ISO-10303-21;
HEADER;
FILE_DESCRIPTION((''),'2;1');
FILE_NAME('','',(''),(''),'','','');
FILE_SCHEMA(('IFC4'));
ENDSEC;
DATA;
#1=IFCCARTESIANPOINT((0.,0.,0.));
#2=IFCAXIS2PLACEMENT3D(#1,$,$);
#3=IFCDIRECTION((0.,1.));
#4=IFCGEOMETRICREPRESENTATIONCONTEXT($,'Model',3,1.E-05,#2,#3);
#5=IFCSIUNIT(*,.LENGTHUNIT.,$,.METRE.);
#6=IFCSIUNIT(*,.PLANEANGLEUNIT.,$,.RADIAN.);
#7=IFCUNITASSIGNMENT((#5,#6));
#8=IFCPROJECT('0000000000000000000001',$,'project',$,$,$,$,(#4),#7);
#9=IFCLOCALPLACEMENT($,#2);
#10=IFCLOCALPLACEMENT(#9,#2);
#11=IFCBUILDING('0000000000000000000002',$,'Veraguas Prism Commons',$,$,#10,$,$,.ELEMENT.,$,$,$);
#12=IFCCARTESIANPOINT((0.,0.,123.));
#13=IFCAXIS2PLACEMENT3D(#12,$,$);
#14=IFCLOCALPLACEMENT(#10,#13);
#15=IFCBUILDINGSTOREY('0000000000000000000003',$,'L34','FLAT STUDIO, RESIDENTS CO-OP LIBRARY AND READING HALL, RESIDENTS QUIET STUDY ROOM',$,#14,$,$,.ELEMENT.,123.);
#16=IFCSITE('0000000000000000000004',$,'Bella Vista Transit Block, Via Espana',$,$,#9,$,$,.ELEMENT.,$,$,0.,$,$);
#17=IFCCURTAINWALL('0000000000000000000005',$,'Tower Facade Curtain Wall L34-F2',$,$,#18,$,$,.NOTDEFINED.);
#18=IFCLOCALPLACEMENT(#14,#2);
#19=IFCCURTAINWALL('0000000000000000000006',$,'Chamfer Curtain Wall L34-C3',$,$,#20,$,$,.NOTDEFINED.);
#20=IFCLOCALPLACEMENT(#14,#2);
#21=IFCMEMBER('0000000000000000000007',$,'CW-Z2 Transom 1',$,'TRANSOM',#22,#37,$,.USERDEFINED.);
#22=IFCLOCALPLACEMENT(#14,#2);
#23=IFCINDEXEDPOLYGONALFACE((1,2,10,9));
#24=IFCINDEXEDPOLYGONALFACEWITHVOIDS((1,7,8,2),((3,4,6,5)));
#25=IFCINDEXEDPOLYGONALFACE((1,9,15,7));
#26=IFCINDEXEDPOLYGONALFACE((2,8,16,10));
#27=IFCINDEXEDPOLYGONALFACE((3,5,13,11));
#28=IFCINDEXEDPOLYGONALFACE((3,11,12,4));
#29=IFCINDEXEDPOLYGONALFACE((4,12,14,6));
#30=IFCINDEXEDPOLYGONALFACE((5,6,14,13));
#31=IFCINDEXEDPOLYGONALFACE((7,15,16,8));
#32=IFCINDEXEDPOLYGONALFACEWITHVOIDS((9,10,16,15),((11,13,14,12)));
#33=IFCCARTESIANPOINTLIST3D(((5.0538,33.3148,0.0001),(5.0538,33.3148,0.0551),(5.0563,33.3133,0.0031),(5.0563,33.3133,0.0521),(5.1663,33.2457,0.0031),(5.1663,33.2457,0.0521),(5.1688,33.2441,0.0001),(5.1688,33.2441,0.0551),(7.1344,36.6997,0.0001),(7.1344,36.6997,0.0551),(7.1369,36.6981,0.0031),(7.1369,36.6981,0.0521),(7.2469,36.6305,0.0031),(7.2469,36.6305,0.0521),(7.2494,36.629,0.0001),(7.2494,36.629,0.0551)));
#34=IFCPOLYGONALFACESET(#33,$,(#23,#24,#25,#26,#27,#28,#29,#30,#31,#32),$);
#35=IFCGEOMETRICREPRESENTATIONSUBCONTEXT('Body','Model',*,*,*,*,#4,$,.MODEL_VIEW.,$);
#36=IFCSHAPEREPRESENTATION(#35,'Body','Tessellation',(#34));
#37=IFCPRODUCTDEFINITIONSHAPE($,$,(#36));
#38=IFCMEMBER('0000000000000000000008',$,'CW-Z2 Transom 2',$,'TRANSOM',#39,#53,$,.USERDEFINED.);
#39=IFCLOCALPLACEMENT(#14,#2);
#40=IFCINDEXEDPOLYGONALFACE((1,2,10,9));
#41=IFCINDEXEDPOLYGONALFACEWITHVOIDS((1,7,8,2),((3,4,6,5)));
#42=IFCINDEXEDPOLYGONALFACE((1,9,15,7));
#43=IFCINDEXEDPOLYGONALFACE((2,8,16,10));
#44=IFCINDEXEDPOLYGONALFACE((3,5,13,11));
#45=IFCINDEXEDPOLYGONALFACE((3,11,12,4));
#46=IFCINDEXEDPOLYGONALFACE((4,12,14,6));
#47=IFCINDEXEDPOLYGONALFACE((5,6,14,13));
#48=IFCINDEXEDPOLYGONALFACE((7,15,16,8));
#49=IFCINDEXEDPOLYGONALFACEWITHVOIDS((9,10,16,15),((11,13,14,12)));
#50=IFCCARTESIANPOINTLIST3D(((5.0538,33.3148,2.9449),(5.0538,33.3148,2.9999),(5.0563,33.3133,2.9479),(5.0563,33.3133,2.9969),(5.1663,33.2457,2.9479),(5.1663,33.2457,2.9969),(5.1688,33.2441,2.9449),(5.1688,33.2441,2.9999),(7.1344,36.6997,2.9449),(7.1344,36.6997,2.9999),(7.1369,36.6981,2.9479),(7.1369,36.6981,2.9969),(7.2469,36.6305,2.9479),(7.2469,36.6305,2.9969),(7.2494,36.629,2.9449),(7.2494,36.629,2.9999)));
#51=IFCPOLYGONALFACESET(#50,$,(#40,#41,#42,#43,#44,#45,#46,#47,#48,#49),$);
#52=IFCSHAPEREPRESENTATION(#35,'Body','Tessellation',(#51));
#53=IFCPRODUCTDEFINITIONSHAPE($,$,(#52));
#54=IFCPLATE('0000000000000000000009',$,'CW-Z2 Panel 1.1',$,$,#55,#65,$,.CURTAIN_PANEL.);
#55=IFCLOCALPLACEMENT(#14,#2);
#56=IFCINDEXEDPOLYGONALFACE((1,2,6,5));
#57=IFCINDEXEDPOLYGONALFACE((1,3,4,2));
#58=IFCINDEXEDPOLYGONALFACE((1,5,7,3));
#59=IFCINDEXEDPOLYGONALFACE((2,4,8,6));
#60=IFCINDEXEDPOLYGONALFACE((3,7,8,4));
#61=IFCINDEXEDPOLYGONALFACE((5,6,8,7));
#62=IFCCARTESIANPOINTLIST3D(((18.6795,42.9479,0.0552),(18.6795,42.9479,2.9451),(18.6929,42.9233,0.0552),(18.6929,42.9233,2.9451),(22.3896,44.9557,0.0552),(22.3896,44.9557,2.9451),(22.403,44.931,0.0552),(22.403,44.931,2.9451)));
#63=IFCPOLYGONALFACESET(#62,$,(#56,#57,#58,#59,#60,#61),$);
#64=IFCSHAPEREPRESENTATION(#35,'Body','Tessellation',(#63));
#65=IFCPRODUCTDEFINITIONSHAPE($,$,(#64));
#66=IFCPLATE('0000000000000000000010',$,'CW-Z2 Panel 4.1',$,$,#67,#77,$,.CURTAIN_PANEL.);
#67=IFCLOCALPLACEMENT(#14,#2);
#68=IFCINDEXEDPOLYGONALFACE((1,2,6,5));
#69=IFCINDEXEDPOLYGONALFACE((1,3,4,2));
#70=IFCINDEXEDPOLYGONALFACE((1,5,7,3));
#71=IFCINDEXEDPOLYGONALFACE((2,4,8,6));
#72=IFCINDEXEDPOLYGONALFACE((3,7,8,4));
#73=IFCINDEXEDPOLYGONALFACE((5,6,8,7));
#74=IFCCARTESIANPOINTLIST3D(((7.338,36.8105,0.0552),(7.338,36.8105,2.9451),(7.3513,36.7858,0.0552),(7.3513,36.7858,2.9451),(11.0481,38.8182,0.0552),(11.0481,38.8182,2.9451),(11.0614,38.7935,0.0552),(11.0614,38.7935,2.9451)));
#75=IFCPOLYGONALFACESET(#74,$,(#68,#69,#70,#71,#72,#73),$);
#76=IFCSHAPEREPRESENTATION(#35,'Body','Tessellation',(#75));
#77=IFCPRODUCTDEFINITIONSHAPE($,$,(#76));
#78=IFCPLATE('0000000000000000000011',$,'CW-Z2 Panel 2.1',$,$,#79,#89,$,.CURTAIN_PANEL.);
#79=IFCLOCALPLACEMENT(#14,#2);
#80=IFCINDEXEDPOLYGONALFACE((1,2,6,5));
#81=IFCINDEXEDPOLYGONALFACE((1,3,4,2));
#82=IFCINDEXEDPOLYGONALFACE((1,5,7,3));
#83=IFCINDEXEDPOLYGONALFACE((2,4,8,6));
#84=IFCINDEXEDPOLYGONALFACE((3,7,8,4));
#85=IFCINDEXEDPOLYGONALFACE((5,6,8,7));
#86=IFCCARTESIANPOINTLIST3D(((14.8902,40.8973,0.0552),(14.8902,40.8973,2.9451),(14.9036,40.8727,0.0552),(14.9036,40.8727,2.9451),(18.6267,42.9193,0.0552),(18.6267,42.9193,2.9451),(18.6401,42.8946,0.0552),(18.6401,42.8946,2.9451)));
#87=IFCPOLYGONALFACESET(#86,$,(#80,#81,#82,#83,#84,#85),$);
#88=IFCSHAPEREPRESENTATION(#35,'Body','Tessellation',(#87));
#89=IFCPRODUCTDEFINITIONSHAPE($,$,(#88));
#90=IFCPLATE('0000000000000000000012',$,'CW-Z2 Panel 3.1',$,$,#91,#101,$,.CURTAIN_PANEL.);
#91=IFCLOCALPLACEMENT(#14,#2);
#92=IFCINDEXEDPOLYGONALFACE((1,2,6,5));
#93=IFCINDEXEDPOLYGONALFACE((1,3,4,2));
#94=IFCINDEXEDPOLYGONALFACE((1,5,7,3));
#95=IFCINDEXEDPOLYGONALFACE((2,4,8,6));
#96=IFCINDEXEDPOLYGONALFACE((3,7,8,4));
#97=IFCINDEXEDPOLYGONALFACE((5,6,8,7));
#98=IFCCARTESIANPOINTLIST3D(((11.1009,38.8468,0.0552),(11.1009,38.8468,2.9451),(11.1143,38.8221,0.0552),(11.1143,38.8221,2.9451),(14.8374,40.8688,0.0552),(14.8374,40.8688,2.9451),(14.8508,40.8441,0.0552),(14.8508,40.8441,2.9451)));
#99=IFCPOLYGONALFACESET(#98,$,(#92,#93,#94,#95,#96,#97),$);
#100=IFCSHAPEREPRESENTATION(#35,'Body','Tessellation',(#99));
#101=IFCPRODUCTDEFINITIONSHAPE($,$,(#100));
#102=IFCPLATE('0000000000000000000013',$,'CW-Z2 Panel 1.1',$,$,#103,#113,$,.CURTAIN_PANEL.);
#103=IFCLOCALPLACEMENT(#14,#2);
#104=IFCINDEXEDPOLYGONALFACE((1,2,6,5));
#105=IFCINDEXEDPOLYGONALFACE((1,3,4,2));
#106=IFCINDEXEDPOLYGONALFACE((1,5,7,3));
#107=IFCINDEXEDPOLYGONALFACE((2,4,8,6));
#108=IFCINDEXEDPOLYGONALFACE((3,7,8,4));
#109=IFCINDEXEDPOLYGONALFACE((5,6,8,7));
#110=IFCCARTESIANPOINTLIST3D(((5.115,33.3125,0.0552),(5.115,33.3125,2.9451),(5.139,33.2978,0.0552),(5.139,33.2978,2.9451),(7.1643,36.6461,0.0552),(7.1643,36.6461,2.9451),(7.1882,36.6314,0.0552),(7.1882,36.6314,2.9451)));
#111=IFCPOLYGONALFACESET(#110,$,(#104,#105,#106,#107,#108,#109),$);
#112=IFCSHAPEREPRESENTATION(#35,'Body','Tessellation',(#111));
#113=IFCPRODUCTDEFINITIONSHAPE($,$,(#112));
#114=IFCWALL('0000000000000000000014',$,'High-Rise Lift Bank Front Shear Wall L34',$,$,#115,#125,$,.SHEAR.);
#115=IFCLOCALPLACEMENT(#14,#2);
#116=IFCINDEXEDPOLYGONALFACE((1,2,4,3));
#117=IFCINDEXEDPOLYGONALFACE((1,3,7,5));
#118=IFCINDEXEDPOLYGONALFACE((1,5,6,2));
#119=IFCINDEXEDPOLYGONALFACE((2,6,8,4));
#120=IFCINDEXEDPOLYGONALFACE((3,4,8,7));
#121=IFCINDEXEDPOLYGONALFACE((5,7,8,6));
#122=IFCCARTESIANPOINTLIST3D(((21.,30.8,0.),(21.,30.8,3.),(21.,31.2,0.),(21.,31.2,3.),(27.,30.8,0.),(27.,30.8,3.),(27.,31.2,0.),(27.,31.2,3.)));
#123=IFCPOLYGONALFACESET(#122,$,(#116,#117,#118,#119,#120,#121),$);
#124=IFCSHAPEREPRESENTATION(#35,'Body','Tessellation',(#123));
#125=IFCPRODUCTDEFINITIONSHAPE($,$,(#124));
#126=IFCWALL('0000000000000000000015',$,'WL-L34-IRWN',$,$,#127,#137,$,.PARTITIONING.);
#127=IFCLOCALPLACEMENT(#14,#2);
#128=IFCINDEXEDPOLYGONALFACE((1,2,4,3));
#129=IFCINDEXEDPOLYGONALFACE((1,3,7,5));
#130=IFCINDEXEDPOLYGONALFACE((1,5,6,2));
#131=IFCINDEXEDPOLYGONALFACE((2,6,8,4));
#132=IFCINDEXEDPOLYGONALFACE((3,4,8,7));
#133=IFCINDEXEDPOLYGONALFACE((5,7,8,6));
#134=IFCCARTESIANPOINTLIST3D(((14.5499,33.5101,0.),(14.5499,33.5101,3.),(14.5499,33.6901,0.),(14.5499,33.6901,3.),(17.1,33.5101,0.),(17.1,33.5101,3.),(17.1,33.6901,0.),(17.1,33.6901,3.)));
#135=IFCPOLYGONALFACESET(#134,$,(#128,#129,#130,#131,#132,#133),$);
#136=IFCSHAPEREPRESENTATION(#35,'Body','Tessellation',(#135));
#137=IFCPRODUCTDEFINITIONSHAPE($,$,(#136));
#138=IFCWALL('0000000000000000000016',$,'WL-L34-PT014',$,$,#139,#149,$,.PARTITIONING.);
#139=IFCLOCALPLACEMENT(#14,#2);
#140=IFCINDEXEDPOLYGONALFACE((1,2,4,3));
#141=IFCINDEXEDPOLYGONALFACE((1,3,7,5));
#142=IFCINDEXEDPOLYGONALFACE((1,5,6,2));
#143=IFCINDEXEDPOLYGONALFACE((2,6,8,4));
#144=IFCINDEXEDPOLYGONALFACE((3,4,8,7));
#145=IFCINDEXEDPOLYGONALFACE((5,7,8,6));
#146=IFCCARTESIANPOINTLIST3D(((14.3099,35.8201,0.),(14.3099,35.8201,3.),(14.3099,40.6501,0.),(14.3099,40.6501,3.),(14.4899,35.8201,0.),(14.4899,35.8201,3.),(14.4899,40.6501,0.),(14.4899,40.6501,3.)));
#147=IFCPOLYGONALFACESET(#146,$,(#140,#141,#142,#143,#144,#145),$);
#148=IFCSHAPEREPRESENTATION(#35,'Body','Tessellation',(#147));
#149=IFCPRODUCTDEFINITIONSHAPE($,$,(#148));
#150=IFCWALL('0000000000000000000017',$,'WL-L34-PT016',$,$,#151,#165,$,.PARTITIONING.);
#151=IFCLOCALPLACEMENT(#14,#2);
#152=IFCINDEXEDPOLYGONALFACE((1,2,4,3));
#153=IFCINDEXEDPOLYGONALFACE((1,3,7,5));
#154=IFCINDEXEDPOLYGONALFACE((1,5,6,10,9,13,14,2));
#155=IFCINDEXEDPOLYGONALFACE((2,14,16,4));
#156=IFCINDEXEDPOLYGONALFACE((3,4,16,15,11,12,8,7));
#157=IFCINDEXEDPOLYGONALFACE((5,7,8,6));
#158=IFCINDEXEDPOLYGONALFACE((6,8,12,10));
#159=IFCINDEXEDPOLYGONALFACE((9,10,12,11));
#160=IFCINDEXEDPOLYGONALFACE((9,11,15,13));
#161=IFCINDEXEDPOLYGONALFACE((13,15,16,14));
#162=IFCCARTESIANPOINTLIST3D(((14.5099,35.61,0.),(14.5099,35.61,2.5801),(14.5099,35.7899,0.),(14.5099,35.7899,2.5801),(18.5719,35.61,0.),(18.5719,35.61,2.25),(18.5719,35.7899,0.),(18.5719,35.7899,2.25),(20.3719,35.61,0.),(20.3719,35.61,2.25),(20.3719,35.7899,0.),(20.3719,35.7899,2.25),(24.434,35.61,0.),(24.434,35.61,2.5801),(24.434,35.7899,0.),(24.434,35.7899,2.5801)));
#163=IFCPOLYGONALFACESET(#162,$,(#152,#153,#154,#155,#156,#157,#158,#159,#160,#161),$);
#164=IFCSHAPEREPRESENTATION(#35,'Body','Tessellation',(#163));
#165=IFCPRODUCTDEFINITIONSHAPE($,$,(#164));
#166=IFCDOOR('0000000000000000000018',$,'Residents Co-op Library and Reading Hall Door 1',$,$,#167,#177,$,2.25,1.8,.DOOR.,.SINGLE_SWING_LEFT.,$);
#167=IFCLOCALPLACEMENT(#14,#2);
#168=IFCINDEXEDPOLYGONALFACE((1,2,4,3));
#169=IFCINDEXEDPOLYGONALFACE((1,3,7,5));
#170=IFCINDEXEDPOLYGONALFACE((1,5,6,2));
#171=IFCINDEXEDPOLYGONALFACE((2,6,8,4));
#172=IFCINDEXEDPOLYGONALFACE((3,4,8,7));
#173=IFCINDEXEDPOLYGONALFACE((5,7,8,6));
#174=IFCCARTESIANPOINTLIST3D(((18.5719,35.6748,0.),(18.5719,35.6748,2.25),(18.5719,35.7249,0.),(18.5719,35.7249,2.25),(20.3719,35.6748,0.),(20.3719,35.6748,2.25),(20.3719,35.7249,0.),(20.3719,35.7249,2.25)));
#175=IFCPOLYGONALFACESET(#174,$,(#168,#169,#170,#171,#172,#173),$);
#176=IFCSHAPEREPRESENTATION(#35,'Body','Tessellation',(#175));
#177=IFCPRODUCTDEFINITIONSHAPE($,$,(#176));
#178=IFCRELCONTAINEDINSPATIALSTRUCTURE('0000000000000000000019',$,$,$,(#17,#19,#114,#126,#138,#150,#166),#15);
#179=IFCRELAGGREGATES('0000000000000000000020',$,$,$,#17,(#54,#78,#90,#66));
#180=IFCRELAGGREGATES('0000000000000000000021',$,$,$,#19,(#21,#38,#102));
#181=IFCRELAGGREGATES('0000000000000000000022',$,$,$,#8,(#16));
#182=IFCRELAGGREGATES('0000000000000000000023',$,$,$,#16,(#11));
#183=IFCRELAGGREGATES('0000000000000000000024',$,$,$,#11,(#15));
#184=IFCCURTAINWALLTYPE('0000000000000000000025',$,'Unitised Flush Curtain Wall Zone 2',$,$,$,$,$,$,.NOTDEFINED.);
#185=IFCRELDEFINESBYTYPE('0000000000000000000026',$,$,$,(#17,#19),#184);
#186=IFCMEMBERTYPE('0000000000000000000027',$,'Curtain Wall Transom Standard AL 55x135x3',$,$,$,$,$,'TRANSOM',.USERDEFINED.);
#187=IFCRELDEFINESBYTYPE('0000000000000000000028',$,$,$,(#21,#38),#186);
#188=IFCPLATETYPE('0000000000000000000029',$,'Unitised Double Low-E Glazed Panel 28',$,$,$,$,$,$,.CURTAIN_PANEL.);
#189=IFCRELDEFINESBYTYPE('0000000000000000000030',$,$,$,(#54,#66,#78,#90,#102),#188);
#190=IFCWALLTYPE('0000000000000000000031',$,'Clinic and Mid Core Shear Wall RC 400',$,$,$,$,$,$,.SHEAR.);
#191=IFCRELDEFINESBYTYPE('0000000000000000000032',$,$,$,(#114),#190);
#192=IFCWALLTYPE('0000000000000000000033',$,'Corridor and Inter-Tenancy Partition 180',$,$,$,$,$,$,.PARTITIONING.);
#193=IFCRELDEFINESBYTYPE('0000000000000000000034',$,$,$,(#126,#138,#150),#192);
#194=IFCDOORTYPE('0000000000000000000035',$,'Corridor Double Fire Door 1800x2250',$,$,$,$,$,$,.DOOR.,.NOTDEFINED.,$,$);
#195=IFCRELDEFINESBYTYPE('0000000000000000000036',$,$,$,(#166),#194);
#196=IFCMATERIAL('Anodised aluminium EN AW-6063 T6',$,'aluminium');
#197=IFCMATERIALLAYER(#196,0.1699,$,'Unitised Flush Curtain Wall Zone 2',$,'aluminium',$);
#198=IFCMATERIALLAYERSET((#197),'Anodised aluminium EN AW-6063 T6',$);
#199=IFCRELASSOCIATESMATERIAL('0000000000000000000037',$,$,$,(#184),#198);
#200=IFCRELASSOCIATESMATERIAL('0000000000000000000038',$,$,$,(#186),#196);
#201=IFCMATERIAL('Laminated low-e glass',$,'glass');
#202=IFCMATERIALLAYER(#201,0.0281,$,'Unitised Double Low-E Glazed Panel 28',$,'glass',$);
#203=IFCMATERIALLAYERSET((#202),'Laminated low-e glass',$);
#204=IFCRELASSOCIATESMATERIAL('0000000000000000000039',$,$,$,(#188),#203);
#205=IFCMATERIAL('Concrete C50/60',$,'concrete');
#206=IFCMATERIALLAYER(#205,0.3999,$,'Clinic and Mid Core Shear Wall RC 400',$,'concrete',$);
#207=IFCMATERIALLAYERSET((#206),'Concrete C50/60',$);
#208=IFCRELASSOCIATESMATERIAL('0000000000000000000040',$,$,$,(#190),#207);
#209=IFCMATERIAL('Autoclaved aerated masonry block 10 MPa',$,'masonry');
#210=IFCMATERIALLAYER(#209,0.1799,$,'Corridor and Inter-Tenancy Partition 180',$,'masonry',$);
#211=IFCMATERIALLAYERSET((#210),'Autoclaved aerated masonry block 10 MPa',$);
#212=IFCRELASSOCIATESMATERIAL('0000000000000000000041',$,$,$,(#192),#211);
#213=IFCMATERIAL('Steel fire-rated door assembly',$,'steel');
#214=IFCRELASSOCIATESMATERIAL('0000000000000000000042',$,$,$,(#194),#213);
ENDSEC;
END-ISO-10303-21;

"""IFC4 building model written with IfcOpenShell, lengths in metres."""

from ifc_helpers import new_model, si_unit, direction, frame, frame_2d, origin, origin_2d, place, context, subcontext, project, spatial, rectangle, hollow_rectangle, extrude, source, transform, mapped, material, layer, layer_set, material_profile, profile_set, type_object, element, fill, aggregate, save


model = new_model("IFC4")

# Units and contexts
model_context = context("Model", 3, precision=1e-05, world=origin(), true_north=direction((0.0, 1.0)))
body_context = subcontext(model_context, "Body", "Model", "MODEL_VIEW")
ifc_project = project(units=[si_unit("LENGTHUNIT", "METRE"), si_unit("PLANEANGLEUNIT", "RADIAN")], contexts=[model_context])

# Site, building, storey
site_placement = place(None, origin())
site = spatial("IfcSite", under=ifc_project, at=site_placement, Name="Bella Vista Transit Block, Via Espana", CompositionType="ELEMENT", RefElevation=0.0)
building_placement = place(site_placement, origin())
building = spatial("IfcBuilding", under=site, at=building_placement, Name="Veraguas Prism Commons", CompositionType="ELEMENT")
storey_placement = place(building_placement, frame((0.0, 0.0, 123.0)))
storey = spatial("IfcBuildingStorey", under=building, at=storey_placement, Name="L34", Description="FLAT STUDIO, RESIDENTS CO-OP LIBRARY AND READING HALL, RESIDENTS QUIET STUDY ROOM", CompositionType="ELEMENT", Elevation=123.0)

# Shared definitions
ifc_material_1 = material(Name="Concrete C50/60", Category="concrete")

# Curtain wall
ifc_material_2 = material(Name="Anodised aluminium EN AW-6063 T6", Category="aluminium")
ifc_layer_1 = layer(ifc_material_2, 0.1699, Name="Unitised Flush Curtain Wall Zone 2", Category="aluminium")
ifc_layer_set_1 = layer_set([ifc_layer_1], Name="Anodised aluminium EN AW-6063 T6")
curtain_wall_type = type_object("IfcCurtainWallType", Name="Unitised Flush Curtain Wall Zone 2", PredefinedType="NOTDEFINED", material=ifc_layer_set_1)
curtain_wall_1_placement = place(storey_placement, origin())
curtain_wall_1 = element("IfcCurtainWall", 1, at=curtain_wall_1_placement, inside=storey, type_object=curtain_wall_type, Name="Tower Facade Curtain Wall L34-F2", PredefinedType="NOTDEFINED")

# Curtain wall
curtain_wall_2_placement = place(storey_placement, origin())
curtain_wall_2 = element("IfcCurtainWall", 2, at=curtain_wall_2_placement, inside=storey, type_object=curtain_wall_type, Name="Chamfer Curtain Wall L34-C3", PredefinedType="NOTDEFINED")

# Members
ifc_material_profile_1 = material_profile(ifc_material_2, hollow_rectangle(XDim=0.0549, YDim=0.135, WallThickness=0.0029, at=origin_2d()), Name="AL55X135X3")
ifc_profile_set_1 = profile_set([ifc_material_profile_1], Name="Anodised aluminium EN AW-6063 T6")
member_type_1 = type_object("IfcMemberType", Name="Curtain Wall Transom Standard AL 55x135x3", ElementType="TRANSOM", PredefinedType="USERDEFINED", material=ifc_profile_set_1)
shared_shape_1 = source(origin(), body_context, "Body", "SweptSolid", [
    extrude(hollow_rectangle(XDim=0.0549, YDim=0.135, WallThickness=0.0029, at=origin_2d()), origin(), (0.0, 0.0, 1.0), 3.9731),
])
member_1_placement = place(storey_placement, frame((7.1919, 36.6643, 0.0276), z_axis=(-0.523665, -0.851924, 0.0), x_axis=(0.0, 0.0, 1.0)))
member_1 = element("IfcMember", 3, at=member_1_placement, type_object=member_type_1, Name="CW-Z2 Transom 1", ObjectType="TRANSOM", PredefinedType="USERDEFINED", context=body_context, shape_type="MappedRepresentation", body=[
    mapped(shared_shape_1, transform((0.0, 0.0, 0.0), scale=1.0)),
])
member_2_placement = place(storey_placement, frame((7.1919, 36.6643, 2.9724), z_axis=(-0.523665, -0.851924, 0.0), x_axis=(0.0, 0.0, 1.0)))
member_2 = element("IfcMember", 4, at=member_2_placement, type_object=member_type_1, Name="CW-Z2 Transom 2", ObjectType="TRANSOM", PredefinedType="USERDEFINED", context=body_context, shape_type="MappedRepresentation", body=[
    mapped(shared_shape_1, transform((0.0, 0.0, 0.0), scale=1.0)),
])

# Plates
ifc_material_3 = material(Name="Laminated low-e glass", Category="glass")
ifc_layer_2 = layer(ifc_material_3, 0.0281, Name="Unitised Double Low-E Glazed Panel 28", Category="glass")
ifc_layer_set_2 = layer_set([ifc_layer_2], Name="Laminated low-e glass")
plate_type = type_object("IfcPlateType", Name="Unitised Double Low-E Glazed Panel 28", PredefinedType="CURTAIN_PANEL", material=ifc_layer_set_2)
shared_shape_2 = source(origin(), body_context, "Body", "SweptSolid", [
    extrude(rectangle(XDim=4.2185, YDim=0.0281, at=origin_2d()), origin(), (0.0, 0.0, 1.0), 2.8899),
])
plate_1_placement = place(storey_placement, frame((20.5413, 43.9395, 0.0552), z_axis=(0.0, 0.0, 1.0), x_axis=(-0.879484, -0.475928, 0.0)))
plate_1 = element("IfcPlate", 5, at=plate_1_placement, type_object=plate_type, Name="CW-Z2 Panel 1.1", PredefinedType="CURTAIN_PANEL", context=body_context, shape_type="MappedRepresentation", body=[
    mapped(shared_shape_2, transform((0.0, 0.0, 0.0), scale=1.0)),
])
plate_2_placement = place(storey_placement, frame((9.1997, 37.802, 0.0552), z_axis=(0.0, 0.0, 1.0), x_axis=(-0.879484, -0.475928, 0.0)))
plate_2 = element("IfcPlate", 6, at=plate_2_placement, type_object=plate_type, Name="CW-Z2 Panel 4.1", PredefinedType="CURTAIN_PANEL", context=body_context, shape_type="MappedRepresentation", body=[
    mapped(shared_shape_2, transform((0.0, 0.0, 0.0), scale=1.0)),
])
shared_shape_3 = source(origin(), body_context, "Body", "SweptSolid", [
    extrude(rectangle(XDim=4.2485, YDim=0.0281, at=origin_2d()), origin(), (0.0, 0.0, 1.0), 2.8899),
])
plate_3_placement = place(storey_placement, frame((16.7651, 41.896, 0.0552), z_axis=(0.0, 0.0, 1.0), x_axis=(-0.879484, -0.475928, 0.0)))
plate_3 = element("IfcPlate", 7, at=plate_3_placement, type_object=plate_type, Name="CW-Z2 Panel 2.1", PredefinedType="CURTAIN_PANEL", context=body_context, shape_type="MappedRepresentation", body=[
    mapped(shared_shape_3, transform((0.0, 0.0, 0.0), scale=1.0)),
])
plate_4_placement = place(storey_placement, frame((12.9758, 39.8455, 0.0552), z_axis=(0.0, 0.0, 1.0), x_axis=(-0.879484, -0.475928, 0.0)))
plate_4 = element("IfcPlate", 8, at=plate_4_placement, type_object=plate_type, Name="CW-Z2 Panel 3.1", PredefinedType="CURTAIN_PANEL", context=body_context, shape_type="MappedRepresentation", body=[
    mapped(shared_shape_3, transform((0.0, 0.0, 0.0), scale=1.0)),
])
aggregate(curtain_wall_1, [plate_1, plate_3, plate_4, plate_2])
shared_shape_4 = source(origin(), body_context, "Body", "SweptSolid", [
    extrude(rectangle(XDim=3.9131, YDim=0.0281, at=origin_2d()), origin(), (0.0, 0.0, 1.0), 2.8899),
])
plate_5_placement = place(storey_placement, frame((6.1516, 34.9719, 0.0552), z_axis=(0.0, 0.0, 1.0), x_axis=(-0.523684, -0.851913, 0.0)))
plate_5 = element("IfcPlate", 9, at=plate_5_placement, type_object=plate_type, Name="CW-Z2 Panel 1.1", PredefinedType="CURTAIN_PANEL", context=body_context, shape_type="MappedRepresentation", body=[
    mapped(shared_shape_4, transform((0.0, 0.0, 0.0), scale=1.0)),
])
aggregate(curtain_wall_2, [member_1, member_2, plate_5])

# Walls
ifc_layer_3 = layer(ifc_material_1, 0.3999, Name="Clinic and Mid Core Shear Wall RC 400", Category="concrete")
ifc_layer_set_3 = layer_set([ifc_layer_3], Name="Concrete C50/60")
wall_type_1 = type_object("IfcWallType", Name="Clinic and Mid Core Shear Wall RC 400", PredefinedType="SHEAR", material=ifc_layer_set_3)
wall_1_placement = place(storey_placement, frame((21.0, 31.0, 0.0), z_axis=(0.0, 0.0, 1.0), x_axis=(1.0, 0.0, 0.0)))
element("IfcWall", 10, at=wall_1_placement, inside=storey, type_object=wall_type_1, Name="High-Rise Lift Bank Front Shear Wall L34", PredefinedType="SHEAR", context=body_context, shape_type="SweptSolid", body=[
    extrude(rectangle(XDim=6.0, YDim=0.3999, at=frame_2d((3.0, 0.0))), origin(), (0.0, 0.0, 1.0), 3.0),
])
ifc_material_4 = material(Name="Autoclaved aerated masonry block 10 MPa", Category="masonry")
ifc_layer_4 = layer(ifc_material_4, 0.1799, Name="Corridor and Inter-Tenancy Partition 180", Category="masonry")
ifc_layer_set_4 = layer_set([ifc_layer_4], Name="Autoclaved aerated masonry block 10 MPa")
wall_type_2 = type_object("IfcWallType", Name="Corridor and Inter-Tenancy Partition 180", PredefinedType="PARTITIONING", material=ifc_layer_set_4)
wall_2_placement = place(storey_placement, frame((14.55, 33.6001, 0.0), z_axis=(0.0, 0.0, 1.0), x_axis=(1.0, 0.0, 0.0)))
element("IfcWall", 11, at=wall_2_placement, inside=storey, type_object=wall_type_2, Name="WL-L34-IRWN", PredefinedType="PARTITIONING", context=body_context, shape_type="SweptSolid", body=[
    extrude(rectangle(XDim=2.55, YDim=0.1799, at=frame_2d((1.2749, 0.0))), origin(), (0.0, 0.0, 1.0), 3.0),
])
wall_3_placement = place(storey_placement, frame((14.3999, 35.8201, 0.0), z_axis=(0.0, 0.0, 1.0), x_axis=(0.0, 1.0, 0.0)))
element("IfcWall", 12, at=wall_3_placement, inside=storey, type_object=wall_type_2, Name="WL-L34-PT014", PredefinedType="PARTITIONING", context=body_context, shape_type="SweptSolid", body=[
    extrude(rectangle(XDim=4.8301, YDim=0.1799, at=frame_2d((2.415, 0.0))), origin(), (0.0, 0.0, 1.0), 3.0),
])

# Wall, opening, door
wall_4_placement = place(storey_placement, frame((14.51, 35.7, 0.0), z_axis=(0.0, 0.0, 1.0), x_axis=(1.0, 0.0, 0.0)))
wall_4 = element("IfcWall", 13, at=wall_4_placement, inside=storey, type_object=wall_type_2, Name="WL-L34-PT016", PredefinedType="PARTITIONING", context=body_context, shape_type="SweptSolid", body=[
    extrude(rectangle(XDim=9.9241, YDim=0.1799, at=frame_2d((4.9619, 0.0))), origin(), (0.0, 0.0, 1.0), 2.5801),
])
opening_1_placement = place(wall_4_placement, frame((4.062, 0.0, 0.0)))
opening_1 = element("IfcOpeningElement", 14, at=opening_1_placement, cuts=wall_4, PredefinedType="OPENING", context=body_context, shape_type="SweptSolid", body=[
    extrude(rectangle(XDim=1.8, YDim=2.25, at=frame_2d((0.8999, 1.125))), frame((0.0, 0.0999, 0.0), z_axis=(0.0, -1.0, 0.0), x_axis=(1.0, 0.0, 0.0)), (0.0, 0.0, 1.0), 0.2),
])
ifc_material_5 = material(Name="Steel fire-rated door assembly", Category="steel")
door_type_1 = type_object("IfcDoorType", Name="Corridor Double Fire Door 1800x2250", OperationType="NOTDEFINED", PredefinedType="DOOR", material=ifc_material_5)
shared_shape_5 = source(origin(), body_context, "Body", "SweptSolid", [
    extrude(rectangle(XDim=1.8, YDim=2.25, at=frame_2d((0.8999, 1.125))), frame((0.0, 0.0249, 0.0), z_axis=(0.0, -1.0, 0.0), x_axis=(1.0, 0.0, 0.0)), (0.0, 0.0, 1.0), 0.05),
])
door_1_placement = place(opening_1_placement, origin())
door_1 = element("IfcDoor", 15, at=door_1_placement, inside=storey, type_object=door_type_1, Name="Residents Co-op Library and Reading Hall Door 1", OperationType="SINGLE_SWING_LEFT", OverallHeight=2.25, OverallWidth=1.8, PredefinedType="DOOR", context=body_context, shape_type="MappedRepresentation", body=[
    mapped(shared_shape_5, transform((0.0, 0.0, 0.0), scale=1.0)),
])
fill(opening_1, door_1)

save(model, "model.ifc")
